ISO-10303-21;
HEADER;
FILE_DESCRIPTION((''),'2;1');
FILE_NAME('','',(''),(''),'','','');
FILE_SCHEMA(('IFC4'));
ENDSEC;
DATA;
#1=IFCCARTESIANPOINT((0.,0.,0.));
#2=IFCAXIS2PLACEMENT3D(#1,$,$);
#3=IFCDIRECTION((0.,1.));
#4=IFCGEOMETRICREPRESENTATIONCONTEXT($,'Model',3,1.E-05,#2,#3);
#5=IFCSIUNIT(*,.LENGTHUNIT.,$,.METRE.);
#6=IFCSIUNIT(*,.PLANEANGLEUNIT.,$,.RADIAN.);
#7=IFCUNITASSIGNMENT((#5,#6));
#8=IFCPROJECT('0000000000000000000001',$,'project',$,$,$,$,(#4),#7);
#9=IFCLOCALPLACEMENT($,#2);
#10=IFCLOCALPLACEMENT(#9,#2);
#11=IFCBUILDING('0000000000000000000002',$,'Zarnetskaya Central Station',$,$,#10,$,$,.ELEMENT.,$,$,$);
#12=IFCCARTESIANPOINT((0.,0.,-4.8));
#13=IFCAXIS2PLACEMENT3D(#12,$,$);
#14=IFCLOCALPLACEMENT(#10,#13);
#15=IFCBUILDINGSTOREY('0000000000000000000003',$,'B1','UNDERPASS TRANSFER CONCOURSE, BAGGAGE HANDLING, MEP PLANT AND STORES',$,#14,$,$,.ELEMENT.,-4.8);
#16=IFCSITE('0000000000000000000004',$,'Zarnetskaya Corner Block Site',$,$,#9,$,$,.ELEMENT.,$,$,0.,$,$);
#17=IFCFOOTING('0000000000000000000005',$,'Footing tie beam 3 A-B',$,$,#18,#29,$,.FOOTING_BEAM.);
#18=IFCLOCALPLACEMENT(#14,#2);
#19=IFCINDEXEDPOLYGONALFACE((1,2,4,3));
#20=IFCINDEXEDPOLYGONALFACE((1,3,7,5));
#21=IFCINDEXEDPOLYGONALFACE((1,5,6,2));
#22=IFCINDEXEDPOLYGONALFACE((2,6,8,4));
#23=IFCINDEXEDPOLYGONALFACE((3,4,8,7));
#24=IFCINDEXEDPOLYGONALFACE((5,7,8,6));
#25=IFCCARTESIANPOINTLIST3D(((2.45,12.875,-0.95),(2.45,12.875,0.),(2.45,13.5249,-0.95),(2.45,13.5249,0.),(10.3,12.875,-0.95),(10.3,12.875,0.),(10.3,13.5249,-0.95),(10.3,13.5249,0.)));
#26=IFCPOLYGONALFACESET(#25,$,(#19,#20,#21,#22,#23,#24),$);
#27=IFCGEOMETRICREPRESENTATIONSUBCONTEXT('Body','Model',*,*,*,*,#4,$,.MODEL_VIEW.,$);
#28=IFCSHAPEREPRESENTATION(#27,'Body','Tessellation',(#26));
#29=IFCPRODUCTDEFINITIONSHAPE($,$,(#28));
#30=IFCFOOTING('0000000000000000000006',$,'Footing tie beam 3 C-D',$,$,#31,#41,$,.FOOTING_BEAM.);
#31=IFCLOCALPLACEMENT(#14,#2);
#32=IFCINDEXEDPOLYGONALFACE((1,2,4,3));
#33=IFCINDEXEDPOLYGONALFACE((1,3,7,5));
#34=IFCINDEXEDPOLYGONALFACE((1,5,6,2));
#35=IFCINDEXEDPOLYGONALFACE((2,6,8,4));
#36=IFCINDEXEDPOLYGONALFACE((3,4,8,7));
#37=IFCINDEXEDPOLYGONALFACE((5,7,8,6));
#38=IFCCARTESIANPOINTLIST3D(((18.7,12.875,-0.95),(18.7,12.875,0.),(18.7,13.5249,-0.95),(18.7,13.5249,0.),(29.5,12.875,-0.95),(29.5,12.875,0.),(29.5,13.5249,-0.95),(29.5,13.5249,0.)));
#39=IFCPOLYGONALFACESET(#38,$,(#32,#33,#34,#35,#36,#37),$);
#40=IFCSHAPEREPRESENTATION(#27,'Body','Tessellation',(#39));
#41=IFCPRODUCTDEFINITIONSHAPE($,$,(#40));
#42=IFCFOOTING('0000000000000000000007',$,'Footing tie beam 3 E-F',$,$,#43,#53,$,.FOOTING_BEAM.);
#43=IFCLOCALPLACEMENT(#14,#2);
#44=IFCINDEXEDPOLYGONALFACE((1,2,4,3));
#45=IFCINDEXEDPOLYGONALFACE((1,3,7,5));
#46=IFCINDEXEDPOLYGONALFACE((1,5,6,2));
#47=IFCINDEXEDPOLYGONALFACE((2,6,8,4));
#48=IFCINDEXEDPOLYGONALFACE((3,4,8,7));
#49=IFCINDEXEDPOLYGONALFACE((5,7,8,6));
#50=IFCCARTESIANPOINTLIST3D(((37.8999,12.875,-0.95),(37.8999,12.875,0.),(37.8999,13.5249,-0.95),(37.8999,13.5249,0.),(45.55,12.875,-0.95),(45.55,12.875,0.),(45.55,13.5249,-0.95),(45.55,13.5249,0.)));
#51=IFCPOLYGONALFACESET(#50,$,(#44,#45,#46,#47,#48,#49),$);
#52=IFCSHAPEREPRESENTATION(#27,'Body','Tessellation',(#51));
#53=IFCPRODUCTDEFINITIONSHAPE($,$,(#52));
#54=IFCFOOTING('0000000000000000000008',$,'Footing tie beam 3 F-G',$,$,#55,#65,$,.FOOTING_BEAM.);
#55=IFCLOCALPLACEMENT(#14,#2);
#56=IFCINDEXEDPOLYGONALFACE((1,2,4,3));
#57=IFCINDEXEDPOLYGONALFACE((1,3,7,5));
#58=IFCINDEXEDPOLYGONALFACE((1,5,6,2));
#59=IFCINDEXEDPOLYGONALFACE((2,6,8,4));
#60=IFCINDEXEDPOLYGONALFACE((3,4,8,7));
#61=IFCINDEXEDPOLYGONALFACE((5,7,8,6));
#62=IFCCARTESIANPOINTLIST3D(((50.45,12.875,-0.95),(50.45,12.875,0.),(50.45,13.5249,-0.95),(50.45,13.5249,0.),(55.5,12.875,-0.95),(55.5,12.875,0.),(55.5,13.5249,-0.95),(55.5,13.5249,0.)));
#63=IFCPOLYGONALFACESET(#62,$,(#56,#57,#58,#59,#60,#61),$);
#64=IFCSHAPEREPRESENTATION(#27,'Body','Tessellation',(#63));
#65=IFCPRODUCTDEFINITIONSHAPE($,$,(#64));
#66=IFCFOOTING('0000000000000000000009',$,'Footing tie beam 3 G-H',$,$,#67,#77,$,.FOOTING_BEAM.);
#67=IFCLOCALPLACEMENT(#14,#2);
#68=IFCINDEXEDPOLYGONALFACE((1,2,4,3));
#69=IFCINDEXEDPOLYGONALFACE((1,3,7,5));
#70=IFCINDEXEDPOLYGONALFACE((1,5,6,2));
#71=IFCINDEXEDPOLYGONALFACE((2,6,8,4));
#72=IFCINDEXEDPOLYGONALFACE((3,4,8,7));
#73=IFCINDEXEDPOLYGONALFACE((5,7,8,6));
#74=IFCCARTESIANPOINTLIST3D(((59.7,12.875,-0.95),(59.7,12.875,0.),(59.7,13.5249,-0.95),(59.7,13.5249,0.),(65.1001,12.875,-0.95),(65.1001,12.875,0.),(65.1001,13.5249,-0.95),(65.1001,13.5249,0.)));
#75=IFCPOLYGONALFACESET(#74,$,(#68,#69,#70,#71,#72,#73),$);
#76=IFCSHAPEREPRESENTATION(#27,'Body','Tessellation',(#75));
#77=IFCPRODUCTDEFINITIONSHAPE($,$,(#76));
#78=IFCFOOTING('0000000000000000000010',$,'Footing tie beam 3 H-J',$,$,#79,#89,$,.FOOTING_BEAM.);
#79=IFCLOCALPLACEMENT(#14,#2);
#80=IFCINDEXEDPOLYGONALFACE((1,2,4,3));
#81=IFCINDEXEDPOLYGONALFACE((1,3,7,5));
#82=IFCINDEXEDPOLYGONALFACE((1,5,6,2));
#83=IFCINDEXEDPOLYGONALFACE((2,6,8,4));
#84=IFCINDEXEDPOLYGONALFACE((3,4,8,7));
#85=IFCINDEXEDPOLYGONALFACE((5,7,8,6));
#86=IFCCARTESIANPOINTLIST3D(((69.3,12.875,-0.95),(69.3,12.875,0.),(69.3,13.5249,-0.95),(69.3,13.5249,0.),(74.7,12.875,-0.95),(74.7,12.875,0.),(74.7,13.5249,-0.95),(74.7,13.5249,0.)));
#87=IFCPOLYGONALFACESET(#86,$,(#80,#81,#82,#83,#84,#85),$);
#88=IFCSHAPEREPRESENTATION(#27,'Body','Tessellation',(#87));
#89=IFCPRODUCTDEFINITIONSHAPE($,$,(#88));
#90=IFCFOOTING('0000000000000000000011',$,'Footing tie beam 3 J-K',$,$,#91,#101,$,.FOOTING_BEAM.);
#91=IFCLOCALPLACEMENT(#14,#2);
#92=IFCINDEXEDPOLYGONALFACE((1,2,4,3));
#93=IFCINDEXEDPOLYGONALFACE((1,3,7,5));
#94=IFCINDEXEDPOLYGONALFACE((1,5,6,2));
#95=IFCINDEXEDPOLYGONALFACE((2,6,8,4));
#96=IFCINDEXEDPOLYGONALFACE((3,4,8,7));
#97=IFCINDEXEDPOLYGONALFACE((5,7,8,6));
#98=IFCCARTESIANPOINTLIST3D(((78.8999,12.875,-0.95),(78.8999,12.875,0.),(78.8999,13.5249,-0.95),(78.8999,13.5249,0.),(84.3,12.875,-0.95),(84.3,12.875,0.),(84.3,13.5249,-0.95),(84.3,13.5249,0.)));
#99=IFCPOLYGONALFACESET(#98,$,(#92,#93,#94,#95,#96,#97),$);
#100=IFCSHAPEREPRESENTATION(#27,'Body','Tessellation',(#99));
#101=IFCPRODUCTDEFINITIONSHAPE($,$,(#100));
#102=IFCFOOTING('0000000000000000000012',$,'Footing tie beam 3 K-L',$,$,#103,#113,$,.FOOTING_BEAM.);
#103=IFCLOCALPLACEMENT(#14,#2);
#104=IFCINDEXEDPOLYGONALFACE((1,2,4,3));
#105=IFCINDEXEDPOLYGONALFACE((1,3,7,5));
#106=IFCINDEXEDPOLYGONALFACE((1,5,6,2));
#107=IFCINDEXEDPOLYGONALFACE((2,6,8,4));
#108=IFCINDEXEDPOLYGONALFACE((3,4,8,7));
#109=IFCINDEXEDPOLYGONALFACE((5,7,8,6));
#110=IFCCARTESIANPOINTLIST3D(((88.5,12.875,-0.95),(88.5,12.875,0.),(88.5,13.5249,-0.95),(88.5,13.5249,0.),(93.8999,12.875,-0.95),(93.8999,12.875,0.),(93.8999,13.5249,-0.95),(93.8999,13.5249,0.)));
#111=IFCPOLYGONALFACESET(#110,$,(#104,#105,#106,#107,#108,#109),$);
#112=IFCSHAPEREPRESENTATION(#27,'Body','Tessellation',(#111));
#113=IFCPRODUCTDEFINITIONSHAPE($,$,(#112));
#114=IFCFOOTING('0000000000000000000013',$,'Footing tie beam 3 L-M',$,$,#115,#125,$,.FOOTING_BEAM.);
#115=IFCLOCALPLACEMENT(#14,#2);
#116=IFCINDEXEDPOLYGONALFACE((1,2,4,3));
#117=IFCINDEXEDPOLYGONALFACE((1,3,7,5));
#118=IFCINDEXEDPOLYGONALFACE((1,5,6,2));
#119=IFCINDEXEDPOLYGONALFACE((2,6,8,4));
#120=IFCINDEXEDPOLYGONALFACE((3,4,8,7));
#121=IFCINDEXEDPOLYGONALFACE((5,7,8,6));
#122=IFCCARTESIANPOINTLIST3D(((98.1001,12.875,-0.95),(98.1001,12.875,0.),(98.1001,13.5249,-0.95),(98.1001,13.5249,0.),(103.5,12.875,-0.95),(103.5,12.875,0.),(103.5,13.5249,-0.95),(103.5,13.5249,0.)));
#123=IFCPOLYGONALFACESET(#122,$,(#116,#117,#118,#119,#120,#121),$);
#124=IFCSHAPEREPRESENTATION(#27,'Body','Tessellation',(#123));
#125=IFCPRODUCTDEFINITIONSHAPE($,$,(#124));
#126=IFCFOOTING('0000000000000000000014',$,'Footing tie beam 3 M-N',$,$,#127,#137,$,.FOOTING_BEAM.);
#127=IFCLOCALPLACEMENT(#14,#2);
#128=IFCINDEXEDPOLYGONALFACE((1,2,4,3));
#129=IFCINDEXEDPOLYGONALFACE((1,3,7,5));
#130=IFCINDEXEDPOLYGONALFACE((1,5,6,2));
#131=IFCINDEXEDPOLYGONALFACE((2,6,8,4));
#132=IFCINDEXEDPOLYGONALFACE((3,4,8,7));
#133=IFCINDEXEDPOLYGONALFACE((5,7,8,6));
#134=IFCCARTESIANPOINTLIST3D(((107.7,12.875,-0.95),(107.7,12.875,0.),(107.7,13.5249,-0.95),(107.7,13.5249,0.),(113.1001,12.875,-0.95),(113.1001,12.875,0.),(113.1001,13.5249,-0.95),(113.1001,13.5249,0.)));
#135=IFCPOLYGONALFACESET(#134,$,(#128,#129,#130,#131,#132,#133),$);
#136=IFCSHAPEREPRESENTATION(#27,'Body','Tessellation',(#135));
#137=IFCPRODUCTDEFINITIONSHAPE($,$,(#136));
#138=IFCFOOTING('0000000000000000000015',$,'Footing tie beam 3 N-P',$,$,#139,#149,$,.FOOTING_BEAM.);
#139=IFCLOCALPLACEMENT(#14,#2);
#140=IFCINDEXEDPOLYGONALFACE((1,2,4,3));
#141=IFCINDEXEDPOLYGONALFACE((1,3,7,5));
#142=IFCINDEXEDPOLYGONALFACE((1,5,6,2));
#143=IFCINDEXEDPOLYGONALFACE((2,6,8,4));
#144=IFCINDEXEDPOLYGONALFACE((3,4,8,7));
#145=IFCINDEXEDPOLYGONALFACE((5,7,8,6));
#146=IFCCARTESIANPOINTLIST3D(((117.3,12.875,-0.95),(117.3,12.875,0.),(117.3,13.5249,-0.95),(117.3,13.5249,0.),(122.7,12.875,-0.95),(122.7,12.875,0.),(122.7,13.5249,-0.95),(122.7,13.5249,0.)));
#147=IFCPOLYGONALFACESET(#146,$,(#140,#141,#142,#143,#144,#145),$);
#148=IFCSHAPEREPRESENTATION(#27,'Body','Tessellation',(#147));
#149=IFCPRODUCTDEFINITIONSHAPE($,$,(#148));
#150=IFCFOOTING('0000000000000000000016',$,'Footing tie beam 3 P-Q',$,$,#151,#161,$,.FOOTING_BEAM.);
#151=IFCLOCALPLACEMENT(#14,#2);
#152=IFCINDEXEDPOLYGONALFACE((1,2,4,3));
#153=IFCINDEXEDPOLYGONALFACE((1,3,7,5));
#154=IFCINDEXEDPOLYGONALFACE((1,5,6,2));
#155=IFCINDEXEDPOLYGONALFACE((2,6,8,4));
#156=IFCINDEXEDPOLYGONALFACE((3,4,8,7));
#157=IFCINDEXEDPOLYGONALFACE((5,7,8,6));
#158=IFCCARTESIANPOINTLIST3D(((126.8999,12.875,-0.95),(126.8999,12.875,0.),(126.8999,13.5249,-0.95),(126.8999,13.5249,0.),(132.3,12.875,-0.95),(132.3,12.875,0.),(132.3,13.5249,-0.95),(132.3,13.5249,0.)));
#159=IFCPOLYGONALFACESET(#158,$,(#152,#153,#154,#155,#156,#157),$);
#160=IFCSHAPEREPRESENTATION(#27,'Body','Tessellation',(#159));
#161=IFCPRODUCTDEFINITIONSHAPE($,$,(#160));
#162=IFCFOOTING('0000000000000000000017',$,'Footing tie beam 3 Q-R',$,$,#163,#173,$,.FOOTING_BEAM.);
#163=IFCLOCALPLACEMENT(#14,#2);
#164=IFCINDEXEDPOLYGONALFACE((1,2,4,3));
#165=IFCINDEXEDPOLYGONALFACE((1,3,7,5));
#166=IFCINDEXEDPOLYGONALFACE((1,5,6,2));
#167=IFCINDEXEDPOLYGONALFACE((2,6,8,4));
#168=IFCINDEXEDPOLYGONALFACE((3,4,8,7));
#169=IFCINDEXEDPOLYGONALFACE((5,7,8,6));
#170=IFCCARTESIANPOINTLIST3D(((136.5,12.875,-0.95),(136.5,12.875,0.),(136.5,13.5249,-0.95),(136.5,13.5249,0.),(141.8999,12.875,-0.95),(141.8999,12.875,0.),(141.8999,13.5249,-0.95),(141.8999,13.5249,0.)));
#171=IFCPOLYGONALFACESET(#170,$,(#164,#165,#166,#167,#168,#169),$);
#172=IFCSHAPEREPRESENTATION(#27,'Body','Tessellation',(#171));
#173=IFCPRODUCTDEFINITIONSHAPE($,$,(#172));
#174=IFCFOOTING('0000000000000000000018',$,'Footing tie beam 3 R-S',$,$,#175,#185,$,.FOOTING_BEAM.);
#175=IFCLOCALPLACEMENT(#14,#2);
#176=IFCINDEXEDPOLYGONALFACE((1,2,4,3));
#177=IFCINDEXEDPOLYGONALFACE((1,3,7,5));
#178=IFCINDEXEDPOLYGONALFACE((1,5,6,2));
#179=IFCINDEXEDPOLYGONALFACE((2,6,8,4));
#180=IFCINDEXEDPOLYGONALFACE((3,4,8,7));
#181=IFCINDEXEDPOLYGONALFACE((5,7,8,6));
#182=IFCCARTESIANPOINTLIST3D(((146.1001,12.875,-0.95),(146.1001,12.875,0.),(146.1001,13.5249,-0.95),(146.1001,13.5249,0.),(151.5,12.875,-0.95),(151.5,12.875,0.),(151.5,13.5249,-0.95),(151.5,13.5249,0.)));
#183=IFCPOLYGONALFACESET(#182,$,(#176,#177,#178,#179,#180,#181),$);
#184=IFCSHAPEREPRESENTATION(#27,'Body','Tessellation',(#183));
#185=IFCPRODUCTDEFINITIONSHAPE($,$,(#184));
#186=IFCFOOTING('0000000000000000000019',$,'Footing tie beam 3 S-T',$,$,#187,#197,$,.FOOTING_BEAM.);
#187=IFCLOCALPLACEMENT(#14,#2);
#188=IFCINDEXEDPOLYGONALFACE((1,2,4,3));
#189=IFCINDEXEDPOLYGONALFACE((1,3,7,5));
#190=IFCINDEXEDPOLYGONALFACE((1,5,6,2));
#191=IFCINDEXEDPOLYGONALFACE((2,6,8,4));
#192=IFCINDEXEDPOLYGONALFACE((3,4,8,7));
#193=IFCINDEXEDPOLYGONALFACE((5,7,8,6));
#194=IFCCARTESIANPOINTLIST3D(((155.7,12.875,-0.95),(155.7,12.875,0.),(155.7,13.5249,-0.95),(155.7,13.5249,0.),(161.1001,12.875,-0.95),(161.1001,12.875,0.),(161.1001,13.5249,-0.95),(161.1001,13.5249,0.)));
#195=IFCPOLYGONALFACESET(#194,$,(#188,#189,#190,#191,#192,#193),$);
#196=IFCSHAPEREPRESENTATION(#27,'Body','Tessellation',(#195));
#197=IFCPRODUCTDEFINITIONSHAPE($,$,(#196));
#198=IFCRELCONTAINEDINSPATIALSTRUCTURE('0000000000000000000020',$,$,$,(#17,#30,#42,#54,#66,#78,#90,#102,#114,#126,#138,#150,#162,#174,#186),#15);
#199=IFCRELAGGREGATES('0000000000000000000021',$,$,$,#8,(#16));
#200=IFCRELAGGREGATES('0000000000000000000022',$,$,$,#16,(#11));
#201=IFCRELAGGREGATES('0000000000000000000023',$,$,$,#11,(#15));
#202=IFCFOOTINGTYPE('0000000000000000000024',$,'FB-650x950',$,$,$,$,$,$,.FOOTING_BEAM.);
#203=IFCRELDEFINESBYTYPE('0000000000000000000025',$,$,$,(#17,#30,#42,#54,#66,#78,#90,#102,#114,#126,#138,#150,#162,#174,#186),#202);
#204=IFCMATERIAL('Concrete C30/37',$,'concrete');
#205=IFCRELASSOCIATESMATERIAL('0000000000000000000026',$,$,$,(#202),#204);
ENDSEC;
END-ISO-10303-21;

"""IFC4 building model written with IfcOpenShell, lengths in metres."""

from ifc_helpers import new_model, si_unit, direction, frame, origin, place, context, subcontext, project, spatial, polyline, outline, extrude, material, type_object, element, save


model = new_model("IFC4")

# Units and contexts
model_context = context("Model", 3, precision=1e-05, world=origin(), true_north=direction((0.0, 1.0)))
body_context = subcontext(model_context, "Body", "Model", "MODEL_VIEW")
ifc_project = project(units=[si_unit("LENGTHUNIT", "METRE"), si_unit("PLANEANGLEUNIT", "RADIAN")], contexts=[model_context])

# Site, building, storey
site_placement = place(None, origin())
site = spatial("IfcSite", under=ifc_project, at=site_placement, Name="Zarnetskaya Corner Block Site", CompositionType="ELEMENT", RefElevation=0.0)
building_placement = place(site_placement, origin())
building = spatial("IfcBuilding", under=site, at=building_placement, Name="Zarnetskaya Central Station", CompositionType="ELEMENT")
storey_placement = place(building_placement, frame((0.0, 0.0, -4.8)))
storey = spatial("IfcBuildingStorey", under=building, at=storey_placement, Name="B1", Description="UNDERPASS TRANSFER CONCOURSE, BAGGAGE HANDLING, MEP PLANT AND STORES", CompositionType="ELEMENT", Elevation=-4.8)

# Footings
ifc_material = material(Name="Concrete C30/37", Category="concrete")
footing_type = type_object("IfcFootingType", Name="FB-650x950", PredefinedType="FOOTING_BEAM", material=ifc_material)
footing_1_placement = place(storey_placement, frame((0.0, 0.0, -0.95)))
element("IfcFooting", 1, at=footing_1_placement, inside=storey, type_object=footing_type, Name="Footing tie beam 3 A-B", PredefinedType="FOOTING_BEAM", context=body_context, shape_type="SweptSolid", body=[
    extrude(outline(polyline([(2.45, 12.875), (10.3, 12.875), (10.3, 13.5249), (2.45, 13.5249), (2.45, 12.875)])), origin(), (0.0, 0.0, 1.0), 0.95),
])
footing_2_placement = place(storey_placement, frame((0.0, 0.0, -0.95)))
element("IfcFooting", 2, at=footing_2_placement, inside=storey, type_object=footing_type, Name="Footing tie beam 3 C-D", PredefinedType="FOOTING_BEAM", context=body_context, shape_type="SweptSolid", body=[
    extrude(outline(polyline([(18.7, 12.875), (29.5, 12.875), (29.5, 13.5249), (18.7, 13.5249), (18.7, 12.875)])), origin(), (0.0, 0.0, 1.0), 0.95),
])
footing_3_placement = place(storey_placement, frame((0.0, 0.0, -0.95)))
element("IfcFooting", 3, at=footing_3_placement, inside=storey, type_object=footing_type, Name="Footing tie beam 3 E-F", PredefinedType="FOOTING_BEAM", context=body_context, shape_type="SweptSolid", body=[
    extrude(outline(polyline([(37.8999, 12.875), (45.55, 12.875), (45.55, 13.5249), (37.8999, 13.5249), (37.8999, 12.875)])), origin(), (0.0, 0.0, 1.0), 0.95),
])
footing_4_placement = place(storey_placement, frame((0.0, 0.0, -0.95)))
element("IfcFooting", 4, at=footing_4_placement, inside=storey, type_object=footing_type, Name="Footing tie beam 3 F-G", PredefinedType="FOOTING_BEAM", context=body_context, shape_type="SweptSolid", body=[
    extrude(outline(polyline([(50.45, 12.875), (55.5, 12.875), (55.5, 13.5249), (50.45, 13.5249), (50.45, 12.875)])), origin(), (0.0, 0.0, 1.0), 0.95),
])
footing_5_placement = place(storey_placement, frame((0.0, 0.0, -0.95)))
element("IfcFooting", 5, at=footing_5_placement, inside=storey, type_object=footing_type, Name="Footing tie beam 3 G-H", PredefinedType="FOOTING_BEAM", context=body_context, shape_type="SweptSolid", body=[
    extrude(outline(polyline([(59.7, 12.875), (65.1001, 12.875), (65.1001, 13.5249), (59.7, 13.5249), (59.7, 12.875)])), origin(), (0.0, 0.0, 1.0), 0.95),
])
footing_6_placement = place(storey_placement, frame((0.0, 0.0, -0.95)))
element("IfcFooting", 6, at=footing_6_placement, inside=storey, type_object=footing_type, Name="Footing tie beam 3 H-J", PredefinedType="FOOTING_BEAM", context=body_context, shape_type="SweptSolid", body=[
    extrude(outline(polyline([(69.3, 12.875), (74.7, 12.875), (74.7, 13.5249), (69.3, 13.5249), (69.3, 12.875)])), origin(), (0.0, 0.0, 1.0), 0.95),
])
footing_7_placement = place(storey_placement, frame((0.0, 0.0, -0.95)))
element("IfcFooting", 7, at=footing_7_placement, inside=storey, type_object=footing_type, Name="Footing tie beam 3 J-K", PredefinedType="FOOTING_BEAM", context=body_context, shape_type="SweptSolid", body=[
    extrude(outline(polyline([(78.8999, 12.875), (84.3, 12.875), (84.3, 13.5249), (78.8999, 13.5249), (78.8999, 12.875)])), origin(), (0.0, 0.0, 1.0), 0.95),
])
footing_8_placement = place(storey_placement, frame((0.0, 0.0, -0.95)))
element("IfcFooting", 8, at=footing_8_placement, inside=storey, type_object=footing_type, Name="Footing tie beam 3 K-L", PredefinedType="FOOTING_BEAM", context=body_context, shape_type="SweptSolid", body=[
    extrude(outline(polyline([(88.5, 12.875), (93.8999, 12.875), (93.8999, 13.5249), (88.5, 13.5249), (88.5, 12.875)])), origin(), (0.0, 0.0, 1.0), 0.95),
])
footing_9_placement = place(storey_placement, frame((0.0, 0.0, -0.95)))
element("IfcFooting", 9, at=footing_9_placement, inside=storey, type_object=footing_type, Name="Footing tie beam 3 L-M", PredefinedType="FOOTING_BEAM", context=body_context, shape_type="SweptSolid", body=[
    extrude(outline(polyline([(98.1001, 12.875), (103.5, 12.875), (103.5, 13.5249), (98.1001, 13.5249), (98.1001, 12.875)])), origin(), (0.0, 0.0, 1.0), 0.95),
])
footing_10_placement = place(storey_placement, frame((0.0, 0.0, -0.95)))
element("IfcFooting", 10, at=footing_10_placement, inside=storey, type_object=footing_type, Name="Footing tie beam 3 M-N", PredefinedType="FOOTING_BEAM", context=body_context, shape_type="SweptSolid", body=[
    extrude(outline(polyline([(107.7, 12.875), (113.1001, 12.875), (113.1001, 13.5249), (107.7, 13.5249), (107.7, 12.875)])), origin(), (0.0, 0.0, 1.0), 0.95),
])
footing_11_placement = place(storey_placement, frame((0.0, 0.0, -0.95)))
element("IfcFooting", 11, at=footing_11_placement, inside=storey, type_object=footing_type, Name="Footing tie beam 3 N-P", PredefinedType="FOOTING_BEAM", context=body_context, shape_type="SweptSolid", body=[
    extrude(outline(polyline([(117.3, 12.875), (122.7, 12.875), (122.7, 13.5249), (117.3, 13.5249), (117.3, 12.875)])), origin(), (0.0, 0.0, 1.0), 0.95),
])
footing_12_placement = place(storey_placement, frame((0.0, 0.0, -0.95)))
element("IfcFooting", 12, at=footing_12_placement, inside=storey, type_object=footing_type, Name="Footing tie beam 3 P-Q", PredefinedType="FOOTING_BEAM", context=body_context, shape_type="SweptSolid", body=[
    extrude(outline(polyline([(126.8999, 12.875), (132.3, 12.875), (132.3, 13.5249), (126.8999, 13.5249), (126.8999, 12.875)])), origin(), (0.0, 0.0, 1.0), 0.95),
])
footing_13_placement = place(storey_placement, frame((0.0, 0.0, -0.95)))
element("IfcFooting", 13, at=footing_13_placement, inside=storey, type_object=footing_type, Name="Footing tie beam 3 Q-R", PredefinedType="FOOTING_BEAM", context=body_context, shape_type="SweptSolid", body=[
    extrude(outline(polyline([(136.5, 12.875), (141.8999, 12.875), (141.8999, 13.5249), (136.5, 13.5249), (136.5, 12.875)])), origin(), (0.0, 0.0, 1.0), 0.95),
])
footing_14_placement = place(storey_placement, frame((0.0, 0.0, -0.95)))
element("IfcFooting", 14, at=footing_14_placement, inside=storey, type_object=footing_type, Name="Footing tie beam 3 R-S", PredefinedType="FOOTING_BEAM", context=body_context, shape_type="SweptSolid", body=[
    extrude(outline(polyline([(146.1001, 12.875), (151.5, 12.875), (151.5, 13.5249), (146.1001, 13.5249), (146.1001, 12.875)])), origin(), (0.0, 0.0, 1.0), 0.95),
])
footing_15_placement = place(storey_placement, frame((0.0, 0.0, -0.95)))
element("IfcFooting", 15, at=footing_15_placement, inside=storey, type_object=footing_type, Name="Footing tie beam 3 S-T", PredefinedType="FOOTING_BEAM", context=body_context, shape_type="SweptSolid", body=[
    extrude(outline(polyline([(155.7, 12.875), (161.1001, 12.875), (161.1001, 13.5249), (155.7, 13.5249), (155.7, 12.875)])), origin(), (0.0, 0.0, 1.0), 0.95),
])

save(model, "model.ifc")
